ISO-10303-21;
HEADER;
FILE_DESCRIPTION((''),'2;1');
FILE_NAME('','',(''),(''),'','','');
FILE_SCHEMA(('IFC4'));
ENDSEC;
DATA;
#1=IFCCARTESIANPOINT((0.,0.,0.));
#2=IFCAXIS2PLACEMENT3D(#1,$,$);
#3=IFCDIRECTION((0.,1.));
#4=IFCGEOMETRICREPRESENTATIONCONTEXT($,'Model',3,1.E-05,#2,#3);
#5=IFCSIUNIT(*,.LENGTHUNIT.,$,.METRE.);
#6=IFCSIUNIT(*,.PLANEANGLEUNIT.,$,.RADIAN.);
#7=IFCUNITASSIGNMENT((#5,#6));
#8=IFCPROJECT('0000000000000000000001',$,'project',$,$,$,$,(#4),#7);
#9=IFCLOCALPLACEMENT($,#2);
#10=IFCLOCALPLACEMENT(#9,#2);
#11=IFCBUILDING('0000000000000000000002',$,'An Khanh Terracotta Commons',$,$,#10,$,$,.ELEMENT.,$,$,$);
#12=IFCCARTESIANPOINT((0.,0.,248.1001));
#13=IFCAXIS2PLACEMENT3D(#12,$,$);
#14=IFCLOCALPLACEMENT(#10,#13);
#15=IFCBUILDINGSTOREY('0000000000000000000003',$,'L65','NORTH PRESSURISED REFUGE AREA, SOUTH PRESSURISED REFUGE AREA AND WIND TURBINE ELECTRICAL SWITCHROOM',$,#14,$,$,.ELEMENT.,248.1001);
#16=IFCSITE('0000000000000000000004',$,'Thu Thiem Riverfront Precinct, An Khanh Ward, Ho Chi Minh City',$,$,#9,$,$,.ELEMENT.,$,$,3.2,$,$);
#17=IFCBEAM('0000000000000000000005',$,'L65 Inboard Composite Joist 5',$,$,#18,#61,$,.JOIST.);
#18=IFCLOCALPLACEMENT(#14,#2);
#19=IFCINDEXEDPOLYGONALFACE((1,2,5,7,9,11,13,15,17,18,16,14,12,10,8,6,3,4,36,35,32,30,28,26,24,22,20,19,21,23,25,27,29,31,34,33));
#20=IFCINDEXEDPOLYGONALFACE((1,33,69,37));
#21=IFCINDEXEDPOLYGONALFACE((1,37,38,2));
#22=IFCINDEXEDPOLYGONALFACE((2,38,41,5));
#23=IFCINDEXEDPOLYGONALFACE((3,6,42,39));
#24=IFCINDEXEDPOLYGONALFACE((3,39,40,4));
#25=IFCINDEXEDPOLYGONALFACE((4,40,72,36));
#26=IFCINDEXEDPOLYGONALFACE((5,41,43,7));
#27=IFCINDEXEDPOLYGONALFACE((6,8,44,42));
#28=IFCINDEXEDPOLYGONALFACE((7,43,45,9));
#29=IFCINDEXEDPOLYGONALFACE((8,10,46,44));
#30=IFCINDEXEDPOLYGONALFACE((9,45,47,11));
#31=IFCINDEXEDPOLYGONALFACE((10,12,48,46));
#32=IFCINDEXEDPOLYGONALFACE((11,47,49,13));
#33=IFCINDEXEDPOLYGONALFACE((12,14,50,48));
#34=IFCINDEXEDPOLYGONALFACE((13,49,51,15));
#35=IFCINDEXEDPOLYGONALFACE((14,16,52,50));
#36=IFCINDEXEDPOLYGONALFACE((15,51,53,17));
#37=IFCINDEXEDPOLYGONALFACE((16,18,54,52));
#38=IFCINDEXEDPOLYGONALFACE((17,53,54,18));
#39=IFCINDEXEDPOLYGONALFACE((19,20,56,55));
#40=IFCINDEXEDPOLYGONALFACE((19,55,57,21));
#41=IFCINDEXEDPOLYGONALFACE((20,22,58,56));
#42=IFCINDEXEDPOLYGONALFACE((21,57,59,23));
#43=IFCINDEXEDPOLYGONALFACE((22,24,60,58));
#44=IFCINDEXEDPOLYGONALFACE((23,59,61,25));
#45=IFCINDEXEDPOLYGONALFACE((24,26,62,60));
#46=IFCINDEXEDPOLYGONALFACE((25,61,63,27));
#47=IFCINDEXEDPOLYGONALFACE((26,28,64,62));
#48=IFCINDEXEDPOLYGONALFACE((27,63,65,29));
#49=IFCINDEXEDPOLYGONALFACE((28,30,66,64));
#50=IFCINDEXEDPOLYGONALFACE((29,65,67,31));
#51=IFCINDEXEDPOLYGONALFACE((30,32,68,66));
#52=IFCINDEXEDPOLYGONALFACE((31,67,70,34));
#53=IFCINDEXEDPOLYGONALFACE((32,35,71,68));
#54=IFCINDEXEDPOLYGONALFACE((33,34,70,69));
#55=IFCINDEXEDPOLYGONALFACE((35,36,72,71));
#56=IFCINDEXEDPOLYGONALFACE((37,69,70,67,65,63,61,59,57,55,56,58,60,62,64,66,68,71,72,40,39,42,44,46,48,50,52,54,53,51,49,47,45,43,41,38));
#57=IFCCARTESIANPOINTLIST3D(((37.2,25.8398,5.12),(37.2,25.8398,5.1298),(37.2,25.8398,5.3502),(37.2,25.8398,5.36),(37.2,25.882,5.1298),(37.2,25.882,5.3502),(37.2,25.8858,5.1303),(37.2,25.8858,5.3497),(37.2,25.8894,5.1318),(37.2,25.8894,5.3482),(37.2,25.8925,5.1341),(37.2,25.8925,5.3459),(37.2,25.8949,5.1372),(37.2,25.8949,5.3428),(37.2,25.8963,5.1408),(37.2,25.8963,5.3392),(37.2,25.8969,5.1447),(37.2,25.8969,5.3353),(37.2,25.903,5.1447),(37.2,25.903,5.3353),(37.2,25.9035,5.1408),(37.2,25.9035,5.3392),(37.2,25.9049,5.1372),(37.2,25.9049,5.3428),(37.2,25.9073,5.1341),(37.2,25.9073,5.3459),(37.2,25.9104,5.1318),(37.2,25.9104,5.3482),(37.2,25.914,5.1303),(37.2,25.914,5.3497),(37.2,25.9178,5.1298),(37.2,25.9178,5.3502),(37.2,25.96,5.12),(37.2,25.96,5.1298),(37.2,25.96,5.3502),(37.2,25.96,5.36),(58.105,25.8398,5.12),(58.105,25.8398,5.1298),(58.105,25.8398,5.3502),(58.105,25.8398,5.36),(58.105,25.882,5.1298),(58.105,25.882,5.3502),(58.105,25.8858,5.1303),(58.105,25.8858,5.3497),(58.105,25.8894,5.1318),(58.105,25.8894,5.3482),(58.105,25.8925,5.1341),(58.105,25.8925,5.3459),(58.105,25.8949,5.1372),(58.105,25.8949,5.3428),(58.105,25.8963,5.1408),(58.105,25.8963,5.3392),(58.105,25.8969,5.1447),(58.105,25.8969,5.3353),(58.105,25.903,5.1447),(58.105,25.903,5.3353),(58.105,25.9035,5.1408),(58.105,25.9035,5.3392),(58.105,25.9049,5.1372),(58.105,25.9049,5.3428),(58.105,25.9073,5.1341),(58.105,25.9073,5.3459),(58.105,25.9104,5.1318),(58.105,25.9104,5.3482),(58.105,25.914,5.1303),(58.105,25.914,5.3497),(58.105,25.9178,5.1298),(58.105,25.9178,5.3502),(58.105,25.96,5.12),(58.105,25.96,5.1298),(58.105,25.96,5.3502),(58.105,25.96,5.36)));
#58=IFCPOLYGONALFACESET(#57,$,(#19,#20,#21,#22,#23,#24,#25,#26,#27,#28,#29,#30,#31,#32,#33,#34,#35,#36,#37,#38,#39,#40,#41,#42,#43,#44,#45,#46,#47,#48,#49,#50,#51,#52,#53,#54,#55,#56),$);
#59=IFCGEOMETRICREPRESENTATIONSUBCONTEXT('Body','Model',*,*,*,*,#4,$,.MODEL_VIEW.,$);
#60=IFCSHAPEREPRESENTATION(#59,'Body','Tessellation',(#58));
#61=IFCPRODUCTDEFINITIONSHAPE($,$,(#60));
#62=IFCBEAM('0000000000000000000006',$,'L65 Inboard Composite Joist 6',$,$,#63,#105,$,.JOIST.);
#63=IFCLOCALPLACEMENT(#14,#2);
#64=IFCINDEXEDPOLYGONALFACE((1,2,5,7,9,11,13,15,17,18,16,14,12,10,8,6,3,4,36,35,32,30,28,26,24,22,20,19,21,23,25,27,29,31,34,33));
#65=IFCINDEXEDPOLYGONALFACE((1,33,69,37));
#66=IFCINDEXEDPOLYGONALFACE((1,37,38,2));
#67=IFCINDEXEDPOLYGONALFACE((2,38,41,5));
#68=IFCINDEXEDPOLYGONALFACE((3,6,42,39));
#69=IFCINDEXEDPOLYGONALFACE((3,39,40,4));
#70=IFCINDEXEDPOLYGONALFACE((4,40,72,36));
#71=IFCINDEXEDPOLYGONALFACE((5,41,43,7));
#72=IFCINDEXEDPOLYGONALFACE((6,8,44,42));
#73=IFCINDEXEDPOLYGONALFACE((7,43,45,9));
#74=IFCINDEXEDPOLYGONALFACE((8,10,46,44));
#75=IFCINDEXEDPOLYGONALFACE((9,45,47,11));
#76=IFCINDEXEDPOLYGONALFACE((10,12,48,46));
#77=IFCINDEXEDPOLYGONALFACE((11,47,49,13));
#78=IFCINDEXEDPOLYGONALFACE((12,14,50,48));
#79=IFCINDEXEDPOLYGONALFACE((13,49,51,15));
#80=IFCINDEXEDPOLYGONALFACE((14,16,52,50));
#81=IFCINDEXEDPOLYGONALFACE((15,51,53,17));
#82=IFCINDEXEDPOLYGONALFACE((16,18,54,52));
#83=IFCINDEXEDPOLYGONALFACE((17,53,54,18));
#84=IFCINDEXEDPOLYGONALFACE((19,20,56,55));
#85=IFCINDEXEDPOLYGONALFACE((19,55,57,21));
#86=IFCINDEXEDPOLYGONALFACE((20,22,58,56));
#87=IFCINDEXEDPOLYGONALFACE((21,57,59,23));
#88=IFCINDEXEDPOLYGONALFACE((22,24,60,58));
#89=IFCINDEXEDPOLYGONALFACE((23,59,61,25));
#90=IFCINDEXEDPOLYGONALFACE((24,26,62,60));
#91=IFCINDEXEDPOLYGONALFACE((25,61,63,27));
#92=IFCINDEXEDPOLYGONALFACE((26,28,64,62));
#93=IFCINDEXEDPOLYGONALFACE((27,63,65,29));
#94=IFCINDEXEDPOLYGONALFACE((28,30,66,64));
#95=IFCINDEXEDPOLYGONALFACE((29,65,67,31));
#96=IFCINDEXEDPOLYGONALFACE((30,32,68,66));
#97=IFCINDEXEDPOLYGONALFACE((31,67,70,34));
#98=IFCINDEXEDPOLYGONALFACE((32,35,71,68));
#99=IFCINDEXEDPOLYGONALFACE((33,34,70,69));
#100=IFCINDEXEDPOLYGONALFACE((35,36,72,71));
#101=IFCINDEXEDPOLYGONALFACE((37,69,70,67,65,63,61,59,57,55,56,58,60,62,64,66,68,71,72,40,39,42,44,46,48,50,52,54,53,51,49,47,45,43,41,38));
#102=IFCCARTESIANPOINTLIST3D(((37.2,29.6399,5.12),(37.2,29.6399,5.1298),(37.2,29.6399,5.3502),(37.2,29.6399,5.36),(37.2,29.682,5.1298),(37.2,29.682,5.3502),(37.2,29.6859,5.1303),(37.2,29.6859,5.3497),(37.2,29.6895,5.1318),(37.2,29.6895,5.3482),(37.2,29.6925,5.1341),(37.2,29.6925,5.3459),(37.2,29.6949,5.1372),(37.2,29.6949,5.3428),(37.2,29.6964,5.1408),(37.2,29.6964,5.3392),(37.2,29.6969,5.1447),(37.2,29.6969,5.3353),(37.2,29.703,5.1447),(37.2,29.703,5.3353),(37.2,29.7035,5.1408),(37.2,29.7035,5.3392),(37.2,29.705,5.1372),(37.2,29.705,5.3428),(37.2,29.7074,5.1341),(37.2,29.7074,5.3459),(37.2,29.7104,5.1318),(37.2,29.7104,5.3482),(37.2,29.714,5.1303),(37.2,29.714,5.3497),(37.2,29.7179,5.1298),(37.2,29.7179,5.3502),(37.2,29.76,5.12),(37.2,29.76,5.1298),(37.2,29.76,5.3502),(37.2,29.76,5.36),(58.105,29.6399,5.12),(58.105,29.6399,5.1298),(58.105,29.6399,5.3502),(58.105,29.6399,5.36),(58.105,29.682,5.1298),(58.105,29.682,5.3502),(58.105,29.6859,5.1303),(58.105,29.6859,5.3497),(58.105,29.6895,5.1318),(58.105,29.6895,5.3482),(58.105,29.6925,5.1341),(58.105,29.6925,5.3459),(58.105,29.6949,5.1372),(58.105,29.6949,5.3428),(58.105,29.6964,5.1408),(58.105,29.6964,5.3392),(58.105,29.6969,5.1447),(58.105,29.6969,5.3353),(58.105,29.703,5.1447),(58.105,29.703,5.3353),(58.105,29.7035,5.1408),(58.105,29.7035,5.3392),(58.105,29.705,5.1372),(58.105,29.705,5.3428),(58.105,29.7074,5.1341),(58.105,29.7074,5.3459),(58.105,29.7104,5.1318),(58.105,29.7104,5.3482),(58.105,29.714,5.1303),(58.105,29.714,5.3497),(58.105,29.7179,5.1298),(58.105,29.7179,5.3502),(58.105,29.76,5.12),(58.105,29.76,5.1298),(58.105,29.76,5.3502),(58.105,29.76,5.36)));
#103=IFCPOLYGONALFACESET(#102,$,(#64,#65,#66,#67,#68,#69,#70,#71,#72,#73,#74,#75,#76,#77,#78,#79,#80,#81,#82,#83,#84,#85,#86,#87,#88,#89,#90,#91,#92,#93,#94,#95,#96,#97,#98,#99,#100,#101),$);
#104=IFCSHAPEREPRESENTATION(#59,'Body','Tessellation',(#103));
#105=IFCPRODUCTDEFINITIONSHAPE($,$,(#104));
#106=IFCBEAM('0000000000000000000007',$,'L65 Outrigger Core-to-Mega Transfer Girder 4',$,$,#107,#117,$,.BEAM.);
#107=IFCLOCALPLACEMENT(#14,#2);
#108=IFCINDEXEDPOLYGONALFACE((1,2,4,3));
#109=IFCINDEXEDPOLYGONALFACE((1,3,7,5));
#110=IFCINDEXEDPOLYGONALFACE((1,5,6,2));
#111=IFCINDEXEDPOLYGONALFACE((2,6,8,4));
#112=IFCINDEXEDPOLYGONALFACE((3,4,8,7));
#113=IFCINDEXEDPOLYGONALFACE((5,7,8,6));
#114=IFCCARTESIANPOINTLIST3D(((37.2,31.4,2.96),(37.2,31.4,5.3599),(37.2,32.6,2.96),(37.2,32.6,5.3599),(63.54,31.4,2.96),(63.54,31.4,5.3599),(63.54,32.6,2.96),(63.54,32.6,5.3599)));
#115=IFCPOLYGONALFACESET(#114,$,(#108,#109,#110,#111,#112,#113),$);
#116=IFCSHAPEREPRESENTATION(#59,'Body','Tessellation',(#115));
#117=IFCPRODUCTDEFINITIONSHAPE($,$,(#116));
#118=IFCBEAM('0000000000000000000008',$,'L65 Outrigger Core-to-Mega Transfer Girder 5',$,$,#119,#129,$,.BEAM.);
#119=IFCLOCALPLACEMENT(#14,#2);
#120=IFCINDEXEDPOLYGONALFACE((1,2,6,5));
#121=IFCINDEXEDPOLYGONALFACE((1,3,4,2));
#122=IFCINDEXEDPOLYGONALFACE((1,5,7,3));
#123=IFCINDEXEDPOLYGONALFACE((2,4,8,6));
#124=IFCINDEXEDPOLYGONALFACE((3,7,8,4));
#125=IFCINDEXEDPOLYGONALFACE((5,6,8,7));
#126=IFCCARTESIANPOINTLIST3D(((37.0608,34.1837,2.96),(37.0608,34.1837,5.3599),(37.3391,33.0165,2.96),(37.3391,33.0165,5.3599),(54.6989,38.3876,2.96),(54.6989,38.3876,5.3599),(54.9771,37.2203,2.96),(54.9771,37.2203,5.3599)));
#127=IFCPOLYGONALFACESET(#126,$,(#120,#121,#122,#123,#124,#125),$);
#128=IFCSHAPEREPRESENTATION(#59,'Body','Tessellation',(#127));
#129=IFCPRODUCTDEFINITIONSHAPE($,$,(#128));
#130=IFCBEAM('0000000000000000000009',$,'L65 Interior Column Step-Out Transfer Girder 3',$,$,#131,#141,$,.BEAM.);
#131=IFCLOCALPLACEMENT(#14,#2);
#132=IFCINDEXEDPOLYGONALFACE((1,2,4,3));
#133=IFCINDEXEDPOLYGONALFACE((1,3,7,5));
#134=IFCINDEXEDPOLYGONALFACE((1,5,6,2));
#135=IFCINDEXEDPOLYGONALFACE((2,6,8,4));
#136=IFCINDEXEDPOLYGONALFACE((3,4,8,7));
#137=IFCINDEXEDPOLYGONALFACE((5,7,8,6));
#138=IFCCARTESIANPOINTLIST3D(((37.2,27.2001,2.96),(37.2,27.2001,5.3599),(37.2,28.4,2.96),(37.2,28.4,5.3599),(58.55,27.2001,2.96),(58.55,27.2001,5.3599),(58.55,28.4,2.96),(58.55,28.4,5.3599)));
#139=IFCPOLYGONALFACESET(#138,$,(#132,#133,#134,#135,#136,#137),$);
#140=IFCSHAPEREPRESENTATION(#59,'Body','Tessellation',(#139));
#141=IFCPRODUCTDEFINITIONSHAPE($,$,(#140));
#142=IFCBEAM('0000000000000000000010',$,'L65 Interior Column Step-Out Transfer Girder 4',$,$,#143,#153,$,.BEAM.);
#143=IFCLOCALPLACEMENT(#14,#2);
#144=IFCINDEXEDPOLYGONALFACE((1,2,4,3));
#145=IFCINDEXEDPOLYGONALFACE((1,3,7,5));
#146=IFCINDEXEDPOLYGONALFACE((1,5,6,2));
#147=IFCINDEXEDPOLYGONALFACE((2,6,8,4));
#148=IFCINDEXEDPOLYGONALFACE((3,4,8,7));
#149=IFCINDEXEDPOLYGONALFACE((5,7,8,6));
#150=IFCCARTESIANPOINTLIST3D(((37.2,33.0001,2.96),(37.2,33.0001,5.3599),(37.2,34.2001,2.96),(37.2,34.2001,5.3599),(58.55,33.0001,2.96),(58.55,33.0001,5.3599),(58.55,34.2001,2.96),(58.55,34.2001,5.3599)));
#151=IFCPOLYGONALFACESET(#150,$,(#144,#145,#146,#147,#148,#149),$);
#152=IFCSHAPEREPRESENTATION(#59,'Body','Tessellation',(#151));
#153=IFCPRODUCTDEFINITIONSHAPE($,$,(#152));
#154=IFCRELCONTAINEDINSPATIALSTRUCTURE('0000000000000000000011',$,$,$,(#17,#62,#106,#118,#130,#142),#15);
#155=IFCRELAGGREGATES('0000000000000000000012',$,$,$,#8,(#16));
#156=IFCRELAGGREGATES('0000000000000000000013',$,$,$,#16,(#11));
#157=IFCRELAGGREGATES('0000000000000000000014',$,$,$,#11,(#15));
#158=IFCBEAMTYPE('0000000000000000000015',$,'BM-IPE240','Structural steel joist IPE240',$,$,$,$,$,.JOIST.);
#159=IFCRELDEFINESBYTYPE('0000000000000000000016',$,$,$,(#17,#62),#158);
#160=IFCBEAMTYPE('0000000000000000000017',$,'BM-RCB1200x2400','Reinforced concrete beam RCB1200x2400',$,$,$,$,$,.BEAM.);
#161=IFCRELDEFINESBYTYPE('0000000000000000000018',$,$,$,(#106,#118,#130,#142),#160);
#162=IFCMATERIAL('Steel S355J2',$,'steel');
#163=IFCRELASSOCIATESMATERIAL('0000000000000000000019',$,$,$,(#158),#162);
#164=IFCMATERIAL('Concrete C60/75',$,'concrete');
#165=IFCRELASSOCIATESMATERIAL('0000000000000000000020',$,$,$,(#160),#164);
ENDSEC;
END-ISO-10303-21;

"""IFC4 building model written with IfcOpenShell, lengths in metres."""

from ifc_helpers import new_model, si_unit, direction, frame, origin, origin_2d, place, context, subcontext, project, spatial, rectangle, i_section, extrude, material, material_profile, profile_set, type_object, element, save


model = new_model("IFC4")

# Units and contexts
model_context = context("Model", 3, precision=1e-05, world=origin(), true_north=direction((0.0, 1.0)))
body_context = subcontext(model_context, "Body", "Model", "MODEL_VIEW")
ifc_project = project(units=[si_unit("LENGTHUNIT", "METRE"), si_unit("PLANEANGLEUNIT", "RADIAN")], contexts=[model_context])

# Site, building, storey
site_placement = place(None, origin())
site = spatial("IfcSite", under=ifc_project, at=site_placement, Name="Thu Thiem Riverfront Precinct, An Khanh Ward, Ho Chi Minh City", CompositionType="ELEMENT", RefElevation=3.2)
building_placement = place(site_placement, origin())
building = spatial("IfcBuilding", under=site, at=building_placement, Name="An Khanh Terracotta Commons", CompositionType="ELEMENT")
storey_placement = place(building_placement, frame((0.0, 0.0, 248.1001)))
storey = spatial("IfcBuildingStorey", under=building, at=storey_placement, Name="L65", Description="NORTH PRESSURISED REFUGE AREA, SOUTH PRESSURISED REFUGE AREA AND WIND TURBINE ELECTRICAL SWITCHROOM", CompositionType="ELEMENT", Elevation=248.1001)

# Shared definitions
ifc_material_1 = material(Name="Concrete C60/75", Category="concrete")

# Beams
ifc_material_2 = material(Name="Steel S355J2", Category="steel")
ifc_material_profile_1 = material_profile(ifc_material_2, i_section(OverallWidth=0.1201, OverallDepth=0.24, WebThickness=0.0061, FlangeThickness=0.0098, FilletRadius=0.0149, at=origin_2d()), Name="IPE240")
ifc_profile_set_1 = profile_set([ifc_material_profile_1], Name="Steel S355J2")
beam_type_1 = type_object("IfcBeamType", Name="BM-IPE240", Description="Structural steel joist IPE240", PredefinedType="JOIST", material=ifc_profile_set_1)
for number, where, z_axis, x_axis, name in (
    (1, (37.2, 25.8999, 5.24), (1.0, 0.0, 0.0), (0.0, 1.0, 0.0), "L65 Inboard Composite Joist 5"),
    (2, (37.2, 29.7, 5.24), (1.0, 0.0, 0.0), (0.0, 1.0, 0.0), "L65 Inboard Composite Joist 6"),
):
    element("IfcBeam", number, at=place(storey_placement, frame(where, z_axis=z_axis, x_axis=x_axis)), inside=storey, type_object=beam_type_1, Name=name, PredefinedType="JOIST", context=body_context, shape_type="SweptSolid", body=[
        extrude(i_section(OverallWidth=0.1201, OverallDepth=0.24, WebThickness=0.0061, FlangeThickness=0.0098, FilletRadius=0.0149, at=origin_2d()), origin(), (0.0, 0.0, 1.0), 20.905),
    ])
ifc_material_profile_2 = material_profile(ifc_material_1, rectangle(XDim=1.2, YDim=2.3999, at=origin_2d()), Name="RCB1200x2400")
ifc_profile_set_2 = profile_set([ifc_material_profile_2], Name="Concrete C60/75")
beam_type_2 = type_object("IfcBeamType", Name="BM-RCB1200x2400", Description="Reinforced concrete beam RCB1200x2400", PredefinedType="BEAM", material=ifc_profile_set_2)
beam_1_placement = place(storey_placement, frame((37.2, 32.0, 4.1599), z_axis=(1.0, 0.0, 0.0), x_axis=(0.0, 1.0, 0.0)))
element("IfcBeam", 3, at=beam_1_placement, inside=storey, type_object=beam_type_2, Name="L65 Outrigger Core-to-Mega Transfer Girder 4", PredefinedType="BEAM", context=body_context, shape_type="SweptSolid", body=[
    extrude(rectangle(XDim=1.2, YDim=2.3999, at=origin_2d()), origin(), (0.0, 0.0, 1.0), 26.3401),
])
beam_2_placement = place(storey_placement, frame((37.2, 33.6001, 4.1599), z_axis=(0.972752, 0.231847, 0.0), x_axis=(-0.231847, 0.972752, 0.0)))
element("IfcBeam", 4, at=beam_2_placement, inside=storey, type_object=beam_type_2, Name="L65 Outrigger Core-to-Mega Transfer Girder 5", PredefinedType="BEAM", context=body_context, shape_type="SweptSolid", body=[
    extrude(rectangle(XDim=1.2, YDim=2.3999, at=origin_2d()), origin(), (0.0, 0.0, 1.0), 18.1321),
])
for number, where, z_axis, x_axis, name in (
    (5, (37.2, 27.8, 4.1599), (1.0, 0.0, 0.0), (0.0, 1.0, 0.0), "L65 Interior Column Step-Out Transfer Girder 3"),
    (6, (37.2, 33.6001, 4.1599), (1.0, 0.0, 0.0), (0.0, 1.0, 0.0), "L65 Interior Column Step-Out Transfer Girder 4"),
):
    element("IfcBeam", number, at=place(storey_placement, frame(where, z_axis=z_axis, x_axis=x_axis)), inside=storey, type_object=beam_type_2, Name=name, PredefinedType="BEAM", context=body_context, shape_type="SweptSolid", body=[
        extrude(rectangle(XDim=1.2, YDim=2.3999, at=origin_2d()), origin(), (0.0, 0.0, 1.0), 21.3501),
    ])

save(model, "model.ifc")
